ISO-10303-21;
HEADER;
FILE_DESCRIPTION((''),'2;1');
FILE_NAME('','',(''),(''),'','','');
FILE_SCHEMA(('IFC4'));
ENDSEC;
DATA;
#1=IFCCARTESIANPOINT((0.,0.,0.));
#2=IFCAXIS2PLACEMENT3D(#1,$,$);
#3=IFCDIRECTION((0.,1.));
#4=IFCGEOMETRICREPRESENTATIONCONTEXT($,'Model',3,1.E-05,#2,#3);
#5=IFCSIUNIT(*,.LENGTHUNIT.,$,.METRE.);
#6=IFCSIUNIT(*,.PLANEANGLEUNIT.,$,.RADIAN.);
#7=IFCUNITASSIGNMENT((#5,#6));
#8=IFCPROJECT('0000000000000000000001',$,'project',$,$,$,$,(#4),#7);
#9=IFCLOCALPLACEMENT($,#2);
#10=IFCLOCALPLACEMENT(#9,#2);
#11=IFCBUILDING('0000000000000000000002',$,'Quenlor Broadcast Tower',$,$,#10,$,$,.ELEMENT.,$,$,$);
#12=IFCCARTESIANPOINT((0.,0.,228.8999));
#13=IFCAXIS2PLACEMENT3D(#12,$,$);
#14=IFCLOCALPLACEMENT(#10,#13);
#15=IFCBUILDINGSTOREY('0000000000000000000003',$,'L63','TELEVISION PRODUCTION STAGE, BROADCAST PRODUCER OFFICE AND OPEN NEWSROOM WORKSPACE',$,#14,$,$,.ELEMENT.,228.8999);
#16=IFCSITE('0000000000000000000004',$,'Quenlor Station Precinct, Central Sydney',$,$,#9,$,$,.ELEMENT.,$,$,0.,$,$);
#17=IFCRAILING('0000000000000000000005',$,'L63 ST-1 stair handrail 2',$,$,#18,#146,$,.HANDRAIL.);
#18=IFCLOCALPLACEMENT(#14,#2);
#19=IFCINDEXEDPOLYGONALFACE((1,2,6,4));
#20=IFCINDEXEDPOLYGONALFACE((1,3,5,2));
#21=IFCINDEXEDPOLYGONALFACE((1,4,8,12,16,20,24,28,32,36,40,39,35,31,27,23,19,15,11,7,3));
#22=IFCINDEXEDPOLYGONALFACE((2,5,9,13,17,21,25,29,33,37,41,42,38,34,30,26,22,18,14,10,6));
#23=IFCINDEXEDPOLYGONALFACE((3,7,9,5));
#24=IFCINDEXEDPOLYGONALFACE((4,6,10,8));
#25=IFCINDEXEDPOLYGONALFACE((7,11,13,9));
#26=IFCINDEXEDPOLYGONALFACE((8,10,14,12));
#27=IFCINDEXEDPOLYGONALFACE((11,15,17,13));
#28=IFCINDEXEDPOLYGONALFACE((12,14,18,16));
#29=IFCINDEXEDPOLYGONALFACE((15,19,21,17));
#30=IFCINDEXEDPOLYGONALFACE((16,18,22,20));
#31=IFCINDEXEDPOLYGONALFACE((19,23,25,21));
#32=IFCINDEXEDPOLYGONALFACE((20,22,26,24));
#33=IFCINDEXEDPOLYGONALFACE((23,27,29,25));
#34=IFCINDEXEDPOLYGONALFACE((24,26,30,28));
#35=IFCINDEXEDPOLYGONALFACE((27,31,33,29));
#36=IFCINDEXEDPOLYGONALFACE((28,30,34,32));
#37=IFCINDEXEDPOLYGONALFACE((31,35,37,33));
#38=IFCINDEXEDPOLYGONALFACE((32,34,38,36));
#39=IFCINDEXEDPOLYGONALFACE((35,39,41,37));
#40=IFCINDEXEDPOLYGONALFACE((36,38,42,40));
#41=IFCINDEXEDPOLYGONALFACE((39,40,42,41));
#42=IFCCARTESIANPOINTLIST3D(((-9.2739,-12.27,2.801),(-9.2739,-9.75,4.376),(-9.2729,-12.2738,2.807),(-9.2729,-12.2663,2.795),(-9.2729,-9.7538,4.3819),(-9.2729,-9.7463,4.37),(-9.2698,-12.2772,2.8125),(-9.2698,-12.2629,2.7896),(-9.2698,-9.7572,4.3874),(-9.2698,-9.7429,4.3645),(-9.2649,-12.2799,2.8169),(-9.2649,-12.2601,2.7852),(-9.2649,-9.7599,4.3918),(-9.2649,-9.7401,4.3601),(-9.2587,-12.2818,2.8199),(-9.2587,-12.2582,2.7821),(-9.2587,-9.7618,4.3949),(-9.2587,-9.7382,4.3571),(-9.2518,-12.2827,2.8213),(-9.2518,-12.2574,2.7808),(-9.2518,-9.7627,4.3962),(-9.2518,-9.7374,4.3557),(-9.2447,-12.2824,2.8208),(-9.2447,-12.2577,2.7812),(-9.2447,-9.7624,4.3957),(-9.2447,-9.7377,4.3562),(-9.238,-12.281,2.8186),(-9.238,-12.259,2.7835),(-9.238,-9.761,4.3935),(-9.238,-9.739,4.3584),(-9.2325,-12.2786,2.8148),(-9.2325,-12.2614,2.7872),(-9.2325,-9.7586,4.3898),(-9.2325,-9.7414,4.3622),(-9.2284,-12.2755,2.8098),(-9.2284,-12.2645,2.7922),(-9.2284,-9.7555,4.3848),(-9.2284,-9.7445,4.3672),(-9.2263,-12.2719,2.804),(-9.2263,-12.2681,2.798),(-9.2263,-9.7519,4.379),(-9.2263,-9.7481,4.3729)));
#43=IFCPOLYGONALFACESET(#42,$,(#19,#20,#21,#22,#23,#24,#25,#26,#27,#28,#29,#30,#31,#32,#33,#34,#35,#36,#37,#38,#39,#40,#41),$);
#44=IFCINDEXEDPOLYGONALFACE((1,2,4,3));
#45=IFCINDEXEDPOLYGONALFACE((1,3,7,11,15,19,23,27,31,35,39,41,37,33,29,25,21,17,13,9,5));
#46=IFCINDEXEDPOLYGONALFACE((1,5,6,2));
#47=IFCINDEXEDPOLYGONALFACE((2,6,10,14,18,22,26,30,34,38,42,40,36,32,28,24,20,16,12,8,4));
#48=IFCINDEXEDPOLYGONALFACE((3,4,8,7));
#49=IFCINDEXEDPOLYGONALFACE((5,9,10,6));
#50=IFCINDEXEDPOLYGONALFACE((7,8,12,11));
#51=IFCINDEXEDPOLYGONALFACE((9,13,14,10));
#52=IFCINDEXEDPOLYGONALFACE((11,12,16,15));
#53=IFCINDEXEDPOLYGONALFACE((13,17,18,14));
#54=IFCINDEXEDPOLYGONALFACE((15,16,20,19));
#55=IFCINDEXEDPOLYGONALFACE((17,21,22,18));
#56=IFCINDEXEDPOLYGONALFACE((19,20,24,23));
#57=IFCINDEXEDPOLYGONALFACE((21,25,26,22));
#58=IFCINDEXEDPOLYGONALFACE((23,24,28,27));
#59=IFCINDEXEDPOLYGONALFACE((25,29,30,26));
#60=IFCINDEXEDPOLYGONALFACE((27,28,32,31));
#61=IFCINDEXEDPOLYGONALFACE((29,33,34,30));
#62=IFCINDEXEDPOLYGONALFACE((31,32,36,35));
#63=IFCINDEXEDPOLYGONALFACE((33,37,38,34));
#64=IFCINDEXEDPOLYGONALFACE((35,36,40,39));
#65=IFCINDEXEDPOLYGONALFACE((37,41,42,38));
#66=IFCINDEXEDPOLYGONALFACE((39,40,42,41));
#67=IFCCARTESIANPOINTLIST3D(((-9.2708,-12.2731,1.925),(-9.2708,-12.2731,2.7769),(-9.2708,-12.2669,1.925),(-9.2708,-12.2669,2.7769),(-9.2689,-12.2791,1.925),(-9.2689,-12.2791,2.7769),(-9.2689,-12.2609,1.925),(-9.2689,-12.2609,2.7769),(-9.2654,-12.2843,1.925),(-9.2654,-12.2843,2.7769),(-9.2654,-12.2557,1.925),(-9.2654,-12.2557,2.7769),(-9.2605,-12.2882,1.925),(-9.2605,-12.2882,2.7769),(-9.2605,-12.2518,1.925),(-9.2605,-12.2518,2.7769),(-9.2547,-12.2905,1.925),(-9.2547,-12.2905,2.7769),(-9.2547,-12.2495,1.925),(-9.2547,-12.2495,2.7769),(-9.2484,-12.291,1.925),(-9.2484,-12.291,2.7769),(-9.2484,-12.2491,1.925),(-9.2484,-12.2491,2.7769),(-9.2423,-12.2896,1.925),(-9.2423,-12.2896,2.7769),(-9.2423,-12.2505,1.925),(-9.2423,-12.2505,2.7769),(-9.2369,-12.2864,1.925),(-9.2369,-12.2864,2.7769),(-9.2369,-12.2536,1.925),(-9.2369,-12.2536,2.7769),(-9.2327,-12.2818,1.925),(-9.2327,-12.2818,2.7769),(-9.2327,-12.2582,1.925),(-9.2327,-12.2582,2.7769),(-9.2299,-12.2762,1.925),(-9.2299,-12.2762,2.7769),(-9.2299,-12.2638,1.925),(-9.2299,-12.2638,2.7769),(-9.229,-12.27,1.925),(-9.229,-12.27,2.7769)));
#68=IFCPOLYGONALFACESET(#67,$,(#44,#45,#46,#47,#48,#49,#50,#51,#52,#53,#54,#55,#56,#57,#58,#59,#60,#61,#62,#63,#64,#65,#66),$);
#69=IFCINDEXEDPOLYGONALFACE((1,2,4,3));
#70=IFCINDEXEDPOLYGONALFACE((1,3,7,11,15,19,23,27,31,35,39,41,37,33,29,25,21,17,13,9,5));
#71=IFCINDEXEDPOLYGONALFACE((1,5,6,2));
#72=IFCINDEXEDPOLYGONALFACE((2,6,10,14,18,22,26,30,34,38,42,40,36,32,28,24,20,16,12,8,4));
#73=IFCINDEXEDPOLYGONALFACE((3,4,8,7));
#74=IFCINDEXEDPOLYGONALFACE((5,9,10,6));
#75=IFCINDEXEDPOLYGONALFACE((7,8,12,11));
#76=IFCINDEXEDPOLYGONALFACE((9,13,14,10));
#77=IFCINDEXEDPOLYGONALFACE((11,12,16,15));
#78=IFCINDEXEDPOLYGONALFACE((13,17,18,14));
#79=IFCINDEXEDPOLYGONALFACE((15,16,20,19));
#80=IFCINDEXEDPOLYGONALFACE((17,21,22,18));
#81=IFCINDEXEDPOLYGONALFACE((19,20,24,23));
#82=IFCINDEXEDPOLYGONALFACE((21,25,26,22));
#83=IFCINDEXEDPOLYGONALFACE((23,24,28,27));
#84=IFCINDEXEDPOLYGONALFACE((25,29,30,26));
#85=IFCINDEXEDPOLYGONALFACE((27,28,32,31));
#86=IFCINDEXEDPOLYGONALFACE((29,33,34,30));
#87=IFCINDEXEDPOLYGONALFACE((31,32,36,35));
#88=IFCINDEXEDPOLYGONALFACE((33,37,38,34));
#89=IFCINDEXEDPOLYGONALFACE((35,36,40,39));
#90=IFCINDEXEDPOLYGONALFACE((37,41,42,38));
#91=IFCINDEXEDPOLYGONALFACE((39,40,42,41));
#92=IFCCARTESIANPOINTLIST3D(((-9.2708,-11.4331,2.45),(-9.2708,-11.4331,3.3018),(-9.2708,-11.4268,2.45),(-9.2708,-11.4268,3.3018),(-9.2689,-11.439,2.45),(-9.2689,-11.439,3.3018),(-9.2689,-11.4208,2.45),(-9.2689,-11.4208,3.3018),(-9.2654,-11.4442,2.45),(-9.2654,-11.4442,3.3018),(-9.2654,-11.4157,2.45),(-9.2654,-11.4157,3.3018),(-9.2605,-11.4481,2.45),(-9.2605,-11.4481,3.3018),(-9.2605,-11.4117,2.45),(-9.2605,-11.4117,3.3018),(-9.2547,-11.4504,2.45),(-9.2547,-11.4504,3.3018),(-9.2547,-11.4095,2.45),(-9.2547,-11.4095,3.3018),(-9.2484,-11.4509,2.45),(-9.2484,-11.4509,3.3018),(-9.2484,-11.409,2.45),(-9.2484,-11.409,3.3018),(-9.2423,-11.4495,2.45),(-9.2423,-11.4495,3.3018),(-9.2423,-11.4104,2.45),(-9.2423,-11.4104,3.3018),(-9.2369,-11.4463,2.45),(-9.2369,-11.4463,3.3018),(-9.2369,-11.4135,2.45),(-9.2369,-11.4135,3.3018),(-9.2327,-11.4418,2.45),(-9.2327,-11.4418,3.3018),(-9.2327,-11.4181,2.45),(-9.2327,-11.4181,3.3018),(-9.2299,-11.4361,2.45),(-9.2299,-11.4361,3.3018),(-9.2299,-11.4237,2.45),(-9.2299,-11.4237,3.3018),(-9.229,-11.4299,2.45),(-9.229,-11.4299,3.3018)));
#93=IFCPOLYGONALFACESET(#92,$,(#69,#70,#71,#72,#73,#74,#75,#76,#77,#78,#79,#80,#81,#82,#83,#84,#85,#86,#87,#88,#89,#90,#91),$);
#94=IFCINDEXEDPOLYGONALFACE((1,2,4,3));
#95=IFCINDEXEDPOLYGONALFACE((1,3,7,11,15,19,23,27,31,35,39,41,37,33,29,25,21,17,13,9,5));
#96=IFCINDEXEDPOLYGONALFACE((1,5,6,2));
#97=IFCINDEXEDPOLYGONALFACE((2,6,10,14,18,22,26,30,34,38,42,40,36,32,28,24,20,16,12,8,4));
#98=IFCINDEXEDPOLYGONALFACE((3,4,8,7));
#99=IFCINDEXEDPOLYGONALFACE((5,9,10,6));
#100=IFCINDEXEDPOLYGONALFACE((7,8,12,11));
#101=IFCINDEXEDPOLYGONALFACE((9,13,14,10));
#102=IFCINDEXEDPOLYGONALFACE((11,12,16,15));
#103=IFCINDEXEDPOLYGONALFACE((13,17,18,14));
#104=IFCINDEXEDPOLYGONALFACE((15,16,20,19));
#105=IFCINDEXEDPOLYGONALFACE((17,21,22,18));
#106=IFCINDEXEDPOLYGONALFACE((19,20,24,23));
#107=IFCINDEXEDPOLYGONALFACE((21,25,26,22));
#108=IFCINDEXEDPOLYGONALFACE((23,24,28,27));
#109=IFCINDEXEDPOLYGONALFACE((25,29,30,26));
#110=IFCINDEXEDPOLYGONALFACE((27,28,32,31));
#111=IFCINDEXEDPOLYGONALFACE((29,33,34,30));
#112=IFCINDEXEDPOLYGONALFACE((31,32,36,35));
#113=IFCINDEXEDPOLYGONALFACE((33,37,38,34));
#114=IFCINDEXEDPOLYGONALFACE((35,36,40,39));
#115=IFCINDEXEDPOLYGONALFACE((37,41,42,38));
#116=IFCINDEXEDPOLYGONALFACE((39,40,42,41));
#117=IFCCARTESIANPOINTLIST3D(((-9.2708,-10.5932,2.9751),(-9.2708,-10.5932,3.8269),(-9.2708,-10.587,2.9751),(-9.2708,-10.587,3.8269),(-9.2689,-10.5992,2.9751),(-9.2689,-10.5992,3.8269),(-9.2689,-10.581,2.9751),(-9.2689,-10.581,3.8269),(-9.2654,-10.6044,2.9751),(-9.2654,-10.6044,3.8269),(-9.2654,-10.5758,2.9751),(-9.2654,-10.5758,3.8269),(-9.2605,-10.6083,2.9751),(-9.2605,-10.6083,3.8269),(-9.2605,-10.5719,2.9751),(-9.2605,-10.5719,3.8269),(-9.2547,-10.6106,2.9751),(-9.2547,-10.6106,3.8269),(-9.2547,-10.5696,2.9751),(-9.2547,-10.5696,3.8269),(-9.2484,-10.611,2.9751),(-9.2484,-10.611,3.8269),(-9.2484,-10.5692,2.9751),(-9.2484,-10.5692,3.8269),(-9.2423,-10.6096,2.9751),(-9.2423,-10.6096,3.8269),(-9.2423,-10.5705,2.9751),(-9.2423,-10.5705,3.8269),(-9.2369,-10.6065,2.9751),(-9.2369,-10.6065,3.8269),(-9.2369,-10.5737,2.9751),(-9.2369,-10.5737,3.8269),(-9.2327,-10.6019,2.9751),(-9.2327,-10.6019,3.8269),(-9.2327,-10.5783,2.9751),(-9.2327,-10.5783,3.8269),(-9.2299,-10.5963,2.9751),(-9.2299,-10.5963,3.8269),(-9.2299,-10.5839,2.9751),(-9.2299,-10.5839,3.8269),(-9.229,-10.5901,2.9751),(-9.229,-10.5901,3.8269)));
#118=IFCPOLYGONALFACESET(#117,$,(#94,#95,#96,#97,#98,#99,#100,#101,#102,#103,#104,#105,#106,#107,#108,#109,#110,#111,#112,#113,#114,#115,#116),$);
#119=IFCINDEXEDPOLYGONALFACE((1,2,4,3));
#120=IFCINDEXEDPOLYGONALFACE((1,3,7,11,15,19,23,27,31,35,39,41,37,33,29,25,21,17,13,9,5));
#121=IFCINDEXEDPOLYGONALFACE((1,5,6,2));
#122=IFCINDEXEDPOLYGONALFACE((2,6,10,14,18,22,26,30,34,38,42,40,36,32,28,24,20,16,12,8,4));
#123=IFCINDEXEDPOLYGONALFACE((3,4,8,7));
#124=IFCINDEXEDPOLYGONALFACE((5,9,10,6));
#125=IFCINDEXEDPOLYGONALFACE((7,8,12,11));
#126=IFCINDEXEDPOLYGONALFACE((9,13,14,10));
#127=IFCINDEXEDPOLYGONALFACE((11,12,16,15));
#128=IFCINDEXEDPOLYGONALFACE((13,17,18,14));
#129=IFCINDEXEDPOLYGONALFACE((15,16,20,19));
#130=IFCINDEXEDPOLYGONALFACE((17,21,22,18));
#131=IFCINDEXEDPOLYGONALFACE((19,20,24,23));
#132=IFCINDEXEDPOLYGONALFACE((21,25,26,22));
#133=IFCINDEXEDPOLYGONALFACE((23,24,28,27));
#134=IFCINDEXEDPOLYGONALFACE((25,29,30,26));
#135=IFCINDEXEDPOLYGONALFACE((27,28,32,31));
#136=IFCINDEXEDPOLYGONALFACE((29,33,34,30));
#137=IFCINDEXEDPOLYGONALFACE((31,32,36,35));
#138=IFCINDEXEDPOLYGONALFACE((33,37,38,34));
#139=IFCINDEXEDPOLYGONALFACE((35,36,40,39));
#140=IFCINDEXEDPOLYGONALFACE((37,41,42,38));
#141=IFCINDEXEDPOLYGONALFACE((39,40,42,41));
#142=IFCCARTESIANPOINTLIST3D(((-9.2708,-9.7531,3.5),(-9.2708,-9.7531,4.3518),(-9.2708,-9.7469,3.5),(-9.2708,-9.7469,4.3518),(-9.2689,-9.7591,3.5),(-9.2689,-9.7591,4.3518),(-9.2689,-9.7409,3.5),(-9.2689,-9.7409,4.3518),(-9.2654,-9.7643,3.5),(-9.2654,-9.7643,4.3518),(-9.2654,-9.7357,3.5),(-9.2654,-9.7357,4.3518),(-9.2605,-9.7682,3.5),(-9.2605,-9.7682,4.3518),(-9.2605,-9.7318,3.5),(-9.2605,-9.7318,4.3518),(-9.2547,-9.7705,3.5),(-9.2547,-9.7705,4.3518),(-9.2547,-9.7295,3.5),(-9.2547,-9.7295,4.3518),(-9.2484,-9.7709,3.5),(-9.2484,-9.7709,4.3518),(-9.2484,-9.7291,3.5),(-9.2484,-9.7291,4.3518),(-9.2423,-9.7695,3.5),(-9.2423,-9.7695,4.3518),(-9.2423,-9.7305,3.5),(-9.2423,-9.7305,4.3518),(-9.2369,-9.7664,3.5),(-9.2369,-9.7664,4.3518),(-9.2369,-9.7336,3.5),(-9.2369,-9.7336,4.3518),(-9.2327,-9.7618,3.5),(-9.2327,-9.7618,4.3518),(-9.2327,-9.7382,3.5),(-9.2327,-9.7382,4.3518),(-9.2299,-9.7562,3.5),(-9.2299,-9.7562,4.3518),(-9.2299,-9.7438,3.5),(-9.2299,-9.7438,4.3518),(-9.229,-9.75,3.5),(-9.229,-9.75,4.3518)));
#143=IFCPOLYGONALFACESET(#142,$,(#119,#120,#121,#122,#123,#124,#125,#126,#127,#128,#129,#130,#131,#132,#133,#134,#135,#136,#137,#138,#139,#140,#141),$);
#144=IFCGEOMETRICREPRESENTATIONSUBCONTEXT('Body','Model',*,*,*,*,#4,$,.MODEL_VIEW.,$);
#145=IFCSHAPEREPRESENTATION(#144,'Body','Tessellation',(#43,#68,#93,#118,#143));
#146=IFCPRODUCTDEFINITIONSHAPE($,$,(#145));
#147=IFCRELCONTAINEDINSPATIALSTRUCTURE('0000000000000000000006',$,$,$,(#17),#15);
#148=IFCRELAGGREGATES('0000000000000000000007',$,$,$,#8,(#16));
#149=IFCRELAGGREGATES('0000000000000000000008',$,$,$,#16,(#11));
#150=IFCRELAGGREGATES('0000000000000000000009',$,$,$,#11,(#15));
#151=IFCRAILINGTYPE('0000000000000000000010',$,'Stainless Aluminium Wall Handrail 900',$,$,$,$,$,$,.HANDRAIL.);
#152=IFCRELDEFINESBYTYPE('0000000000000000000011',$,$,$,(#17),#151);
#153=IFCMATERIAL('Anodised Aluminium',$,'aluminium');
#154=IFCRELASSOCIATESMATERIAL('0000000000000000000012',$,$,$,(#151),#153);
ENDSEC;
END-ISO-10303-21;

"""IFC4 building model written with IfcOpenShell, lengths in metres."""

from ifc_helpers import new_model, si_unit, direction, frame, origin, origin_2d, place, context, subcontext, project, spatial, circle, extrude, material, type_object, element, save


model = new_model("IFC4")

# Units and contexts
model_context = context("Model", 3, precision=1e-05, world=origin(), true_north=direction((0.0, 1.0)))
body_context = subcontext(model_context, "Body", "Model", "MODEL_VIEW")
ifc_project = project(units=[si_unit("LENGTHUNIT", "METRE"), si_unit("PLANEANGLEUNIT", "RADIAN")], contexts=[model_context])

# Site, building, storey
site_placement = place(None, origin())
site = spatial("IfcSite", under=ifc_project, at=site_placement, Name="Quenlor Station Precinct, Central Sydney", CompositionType="ELEMENT", RefElevation=0.0)
building_placement = place(site_placement, origin())
building = spatial("IfcBuilding", under=site, at=building_placement, Name="Quenlor Broadcast Tower", CompositionType="ELEMENT")
storey_placement = place(building_placement, frame((0.0, 0.0, 228.8999)))
storey = spatial("IfcBuildingStorey", under=building, at=storey_placement, Name="L63", Description="TELEVISION PRODUCTION STAGE, BROADCAST PRODUCER OFFICE AND OPEN NEWSROOM WORKSPACE", CompositionType="ELEMENT", Elevation=228.8999)

# Railing
ifc_material_1 = material(Name="Anodised Aluminium", Category="aluminium")
railing_type_1 = type_object("IfcRailingType", Name="Stainless Aluminium Wall Handrail 900", PredefinedType="HANDRAIL", material=ifc_material_1)
railing_1_placement = place(storey_placement, frame((-9.25, -12.27, 1.925)))
element("IfcRailing", 1, at=railing_1_placement, inside=storey, type_object=railing_type_1, Name="L63 ST-1 stair handrail 2", PredefinedType="HANDRAIL", context=body_context, shape_type="SweptSolid", body=[
    extrude(circle(Radius=0.0239, at=origin_2d()), frame((0.0, 0.0, 0.876), z_axis=(0.0, 0.848008, 0.529984), x_axis=(-1.0, 0.0, 0.0)), (0.0, 0.0, 1.0), 2.9717),
    extrude(circle(Radius=0.021, at=origin_2d()), origin(), (0.0, 0.0, 1.0), 0.8518),
    extrude(circle(Radius=0.021, at=origin_2d()), frame((0.0, 0.8401, 0.5249)), (0.0, 0.0, 1.0), 0.8518),
    extrude(circle(Radius=0.021, at=origin_2d()), frame((0.0, 1.6799, 1.05)), (0.0, 0.0, 1.0), 0.8518),
    extrude(circle(Radius=0.021, at=origin_2d()), frame((0.0, 2.52, 1.575)), (0.0, 0.0, 1.0), 0.8518),
])

save(model, "model.ifc")
